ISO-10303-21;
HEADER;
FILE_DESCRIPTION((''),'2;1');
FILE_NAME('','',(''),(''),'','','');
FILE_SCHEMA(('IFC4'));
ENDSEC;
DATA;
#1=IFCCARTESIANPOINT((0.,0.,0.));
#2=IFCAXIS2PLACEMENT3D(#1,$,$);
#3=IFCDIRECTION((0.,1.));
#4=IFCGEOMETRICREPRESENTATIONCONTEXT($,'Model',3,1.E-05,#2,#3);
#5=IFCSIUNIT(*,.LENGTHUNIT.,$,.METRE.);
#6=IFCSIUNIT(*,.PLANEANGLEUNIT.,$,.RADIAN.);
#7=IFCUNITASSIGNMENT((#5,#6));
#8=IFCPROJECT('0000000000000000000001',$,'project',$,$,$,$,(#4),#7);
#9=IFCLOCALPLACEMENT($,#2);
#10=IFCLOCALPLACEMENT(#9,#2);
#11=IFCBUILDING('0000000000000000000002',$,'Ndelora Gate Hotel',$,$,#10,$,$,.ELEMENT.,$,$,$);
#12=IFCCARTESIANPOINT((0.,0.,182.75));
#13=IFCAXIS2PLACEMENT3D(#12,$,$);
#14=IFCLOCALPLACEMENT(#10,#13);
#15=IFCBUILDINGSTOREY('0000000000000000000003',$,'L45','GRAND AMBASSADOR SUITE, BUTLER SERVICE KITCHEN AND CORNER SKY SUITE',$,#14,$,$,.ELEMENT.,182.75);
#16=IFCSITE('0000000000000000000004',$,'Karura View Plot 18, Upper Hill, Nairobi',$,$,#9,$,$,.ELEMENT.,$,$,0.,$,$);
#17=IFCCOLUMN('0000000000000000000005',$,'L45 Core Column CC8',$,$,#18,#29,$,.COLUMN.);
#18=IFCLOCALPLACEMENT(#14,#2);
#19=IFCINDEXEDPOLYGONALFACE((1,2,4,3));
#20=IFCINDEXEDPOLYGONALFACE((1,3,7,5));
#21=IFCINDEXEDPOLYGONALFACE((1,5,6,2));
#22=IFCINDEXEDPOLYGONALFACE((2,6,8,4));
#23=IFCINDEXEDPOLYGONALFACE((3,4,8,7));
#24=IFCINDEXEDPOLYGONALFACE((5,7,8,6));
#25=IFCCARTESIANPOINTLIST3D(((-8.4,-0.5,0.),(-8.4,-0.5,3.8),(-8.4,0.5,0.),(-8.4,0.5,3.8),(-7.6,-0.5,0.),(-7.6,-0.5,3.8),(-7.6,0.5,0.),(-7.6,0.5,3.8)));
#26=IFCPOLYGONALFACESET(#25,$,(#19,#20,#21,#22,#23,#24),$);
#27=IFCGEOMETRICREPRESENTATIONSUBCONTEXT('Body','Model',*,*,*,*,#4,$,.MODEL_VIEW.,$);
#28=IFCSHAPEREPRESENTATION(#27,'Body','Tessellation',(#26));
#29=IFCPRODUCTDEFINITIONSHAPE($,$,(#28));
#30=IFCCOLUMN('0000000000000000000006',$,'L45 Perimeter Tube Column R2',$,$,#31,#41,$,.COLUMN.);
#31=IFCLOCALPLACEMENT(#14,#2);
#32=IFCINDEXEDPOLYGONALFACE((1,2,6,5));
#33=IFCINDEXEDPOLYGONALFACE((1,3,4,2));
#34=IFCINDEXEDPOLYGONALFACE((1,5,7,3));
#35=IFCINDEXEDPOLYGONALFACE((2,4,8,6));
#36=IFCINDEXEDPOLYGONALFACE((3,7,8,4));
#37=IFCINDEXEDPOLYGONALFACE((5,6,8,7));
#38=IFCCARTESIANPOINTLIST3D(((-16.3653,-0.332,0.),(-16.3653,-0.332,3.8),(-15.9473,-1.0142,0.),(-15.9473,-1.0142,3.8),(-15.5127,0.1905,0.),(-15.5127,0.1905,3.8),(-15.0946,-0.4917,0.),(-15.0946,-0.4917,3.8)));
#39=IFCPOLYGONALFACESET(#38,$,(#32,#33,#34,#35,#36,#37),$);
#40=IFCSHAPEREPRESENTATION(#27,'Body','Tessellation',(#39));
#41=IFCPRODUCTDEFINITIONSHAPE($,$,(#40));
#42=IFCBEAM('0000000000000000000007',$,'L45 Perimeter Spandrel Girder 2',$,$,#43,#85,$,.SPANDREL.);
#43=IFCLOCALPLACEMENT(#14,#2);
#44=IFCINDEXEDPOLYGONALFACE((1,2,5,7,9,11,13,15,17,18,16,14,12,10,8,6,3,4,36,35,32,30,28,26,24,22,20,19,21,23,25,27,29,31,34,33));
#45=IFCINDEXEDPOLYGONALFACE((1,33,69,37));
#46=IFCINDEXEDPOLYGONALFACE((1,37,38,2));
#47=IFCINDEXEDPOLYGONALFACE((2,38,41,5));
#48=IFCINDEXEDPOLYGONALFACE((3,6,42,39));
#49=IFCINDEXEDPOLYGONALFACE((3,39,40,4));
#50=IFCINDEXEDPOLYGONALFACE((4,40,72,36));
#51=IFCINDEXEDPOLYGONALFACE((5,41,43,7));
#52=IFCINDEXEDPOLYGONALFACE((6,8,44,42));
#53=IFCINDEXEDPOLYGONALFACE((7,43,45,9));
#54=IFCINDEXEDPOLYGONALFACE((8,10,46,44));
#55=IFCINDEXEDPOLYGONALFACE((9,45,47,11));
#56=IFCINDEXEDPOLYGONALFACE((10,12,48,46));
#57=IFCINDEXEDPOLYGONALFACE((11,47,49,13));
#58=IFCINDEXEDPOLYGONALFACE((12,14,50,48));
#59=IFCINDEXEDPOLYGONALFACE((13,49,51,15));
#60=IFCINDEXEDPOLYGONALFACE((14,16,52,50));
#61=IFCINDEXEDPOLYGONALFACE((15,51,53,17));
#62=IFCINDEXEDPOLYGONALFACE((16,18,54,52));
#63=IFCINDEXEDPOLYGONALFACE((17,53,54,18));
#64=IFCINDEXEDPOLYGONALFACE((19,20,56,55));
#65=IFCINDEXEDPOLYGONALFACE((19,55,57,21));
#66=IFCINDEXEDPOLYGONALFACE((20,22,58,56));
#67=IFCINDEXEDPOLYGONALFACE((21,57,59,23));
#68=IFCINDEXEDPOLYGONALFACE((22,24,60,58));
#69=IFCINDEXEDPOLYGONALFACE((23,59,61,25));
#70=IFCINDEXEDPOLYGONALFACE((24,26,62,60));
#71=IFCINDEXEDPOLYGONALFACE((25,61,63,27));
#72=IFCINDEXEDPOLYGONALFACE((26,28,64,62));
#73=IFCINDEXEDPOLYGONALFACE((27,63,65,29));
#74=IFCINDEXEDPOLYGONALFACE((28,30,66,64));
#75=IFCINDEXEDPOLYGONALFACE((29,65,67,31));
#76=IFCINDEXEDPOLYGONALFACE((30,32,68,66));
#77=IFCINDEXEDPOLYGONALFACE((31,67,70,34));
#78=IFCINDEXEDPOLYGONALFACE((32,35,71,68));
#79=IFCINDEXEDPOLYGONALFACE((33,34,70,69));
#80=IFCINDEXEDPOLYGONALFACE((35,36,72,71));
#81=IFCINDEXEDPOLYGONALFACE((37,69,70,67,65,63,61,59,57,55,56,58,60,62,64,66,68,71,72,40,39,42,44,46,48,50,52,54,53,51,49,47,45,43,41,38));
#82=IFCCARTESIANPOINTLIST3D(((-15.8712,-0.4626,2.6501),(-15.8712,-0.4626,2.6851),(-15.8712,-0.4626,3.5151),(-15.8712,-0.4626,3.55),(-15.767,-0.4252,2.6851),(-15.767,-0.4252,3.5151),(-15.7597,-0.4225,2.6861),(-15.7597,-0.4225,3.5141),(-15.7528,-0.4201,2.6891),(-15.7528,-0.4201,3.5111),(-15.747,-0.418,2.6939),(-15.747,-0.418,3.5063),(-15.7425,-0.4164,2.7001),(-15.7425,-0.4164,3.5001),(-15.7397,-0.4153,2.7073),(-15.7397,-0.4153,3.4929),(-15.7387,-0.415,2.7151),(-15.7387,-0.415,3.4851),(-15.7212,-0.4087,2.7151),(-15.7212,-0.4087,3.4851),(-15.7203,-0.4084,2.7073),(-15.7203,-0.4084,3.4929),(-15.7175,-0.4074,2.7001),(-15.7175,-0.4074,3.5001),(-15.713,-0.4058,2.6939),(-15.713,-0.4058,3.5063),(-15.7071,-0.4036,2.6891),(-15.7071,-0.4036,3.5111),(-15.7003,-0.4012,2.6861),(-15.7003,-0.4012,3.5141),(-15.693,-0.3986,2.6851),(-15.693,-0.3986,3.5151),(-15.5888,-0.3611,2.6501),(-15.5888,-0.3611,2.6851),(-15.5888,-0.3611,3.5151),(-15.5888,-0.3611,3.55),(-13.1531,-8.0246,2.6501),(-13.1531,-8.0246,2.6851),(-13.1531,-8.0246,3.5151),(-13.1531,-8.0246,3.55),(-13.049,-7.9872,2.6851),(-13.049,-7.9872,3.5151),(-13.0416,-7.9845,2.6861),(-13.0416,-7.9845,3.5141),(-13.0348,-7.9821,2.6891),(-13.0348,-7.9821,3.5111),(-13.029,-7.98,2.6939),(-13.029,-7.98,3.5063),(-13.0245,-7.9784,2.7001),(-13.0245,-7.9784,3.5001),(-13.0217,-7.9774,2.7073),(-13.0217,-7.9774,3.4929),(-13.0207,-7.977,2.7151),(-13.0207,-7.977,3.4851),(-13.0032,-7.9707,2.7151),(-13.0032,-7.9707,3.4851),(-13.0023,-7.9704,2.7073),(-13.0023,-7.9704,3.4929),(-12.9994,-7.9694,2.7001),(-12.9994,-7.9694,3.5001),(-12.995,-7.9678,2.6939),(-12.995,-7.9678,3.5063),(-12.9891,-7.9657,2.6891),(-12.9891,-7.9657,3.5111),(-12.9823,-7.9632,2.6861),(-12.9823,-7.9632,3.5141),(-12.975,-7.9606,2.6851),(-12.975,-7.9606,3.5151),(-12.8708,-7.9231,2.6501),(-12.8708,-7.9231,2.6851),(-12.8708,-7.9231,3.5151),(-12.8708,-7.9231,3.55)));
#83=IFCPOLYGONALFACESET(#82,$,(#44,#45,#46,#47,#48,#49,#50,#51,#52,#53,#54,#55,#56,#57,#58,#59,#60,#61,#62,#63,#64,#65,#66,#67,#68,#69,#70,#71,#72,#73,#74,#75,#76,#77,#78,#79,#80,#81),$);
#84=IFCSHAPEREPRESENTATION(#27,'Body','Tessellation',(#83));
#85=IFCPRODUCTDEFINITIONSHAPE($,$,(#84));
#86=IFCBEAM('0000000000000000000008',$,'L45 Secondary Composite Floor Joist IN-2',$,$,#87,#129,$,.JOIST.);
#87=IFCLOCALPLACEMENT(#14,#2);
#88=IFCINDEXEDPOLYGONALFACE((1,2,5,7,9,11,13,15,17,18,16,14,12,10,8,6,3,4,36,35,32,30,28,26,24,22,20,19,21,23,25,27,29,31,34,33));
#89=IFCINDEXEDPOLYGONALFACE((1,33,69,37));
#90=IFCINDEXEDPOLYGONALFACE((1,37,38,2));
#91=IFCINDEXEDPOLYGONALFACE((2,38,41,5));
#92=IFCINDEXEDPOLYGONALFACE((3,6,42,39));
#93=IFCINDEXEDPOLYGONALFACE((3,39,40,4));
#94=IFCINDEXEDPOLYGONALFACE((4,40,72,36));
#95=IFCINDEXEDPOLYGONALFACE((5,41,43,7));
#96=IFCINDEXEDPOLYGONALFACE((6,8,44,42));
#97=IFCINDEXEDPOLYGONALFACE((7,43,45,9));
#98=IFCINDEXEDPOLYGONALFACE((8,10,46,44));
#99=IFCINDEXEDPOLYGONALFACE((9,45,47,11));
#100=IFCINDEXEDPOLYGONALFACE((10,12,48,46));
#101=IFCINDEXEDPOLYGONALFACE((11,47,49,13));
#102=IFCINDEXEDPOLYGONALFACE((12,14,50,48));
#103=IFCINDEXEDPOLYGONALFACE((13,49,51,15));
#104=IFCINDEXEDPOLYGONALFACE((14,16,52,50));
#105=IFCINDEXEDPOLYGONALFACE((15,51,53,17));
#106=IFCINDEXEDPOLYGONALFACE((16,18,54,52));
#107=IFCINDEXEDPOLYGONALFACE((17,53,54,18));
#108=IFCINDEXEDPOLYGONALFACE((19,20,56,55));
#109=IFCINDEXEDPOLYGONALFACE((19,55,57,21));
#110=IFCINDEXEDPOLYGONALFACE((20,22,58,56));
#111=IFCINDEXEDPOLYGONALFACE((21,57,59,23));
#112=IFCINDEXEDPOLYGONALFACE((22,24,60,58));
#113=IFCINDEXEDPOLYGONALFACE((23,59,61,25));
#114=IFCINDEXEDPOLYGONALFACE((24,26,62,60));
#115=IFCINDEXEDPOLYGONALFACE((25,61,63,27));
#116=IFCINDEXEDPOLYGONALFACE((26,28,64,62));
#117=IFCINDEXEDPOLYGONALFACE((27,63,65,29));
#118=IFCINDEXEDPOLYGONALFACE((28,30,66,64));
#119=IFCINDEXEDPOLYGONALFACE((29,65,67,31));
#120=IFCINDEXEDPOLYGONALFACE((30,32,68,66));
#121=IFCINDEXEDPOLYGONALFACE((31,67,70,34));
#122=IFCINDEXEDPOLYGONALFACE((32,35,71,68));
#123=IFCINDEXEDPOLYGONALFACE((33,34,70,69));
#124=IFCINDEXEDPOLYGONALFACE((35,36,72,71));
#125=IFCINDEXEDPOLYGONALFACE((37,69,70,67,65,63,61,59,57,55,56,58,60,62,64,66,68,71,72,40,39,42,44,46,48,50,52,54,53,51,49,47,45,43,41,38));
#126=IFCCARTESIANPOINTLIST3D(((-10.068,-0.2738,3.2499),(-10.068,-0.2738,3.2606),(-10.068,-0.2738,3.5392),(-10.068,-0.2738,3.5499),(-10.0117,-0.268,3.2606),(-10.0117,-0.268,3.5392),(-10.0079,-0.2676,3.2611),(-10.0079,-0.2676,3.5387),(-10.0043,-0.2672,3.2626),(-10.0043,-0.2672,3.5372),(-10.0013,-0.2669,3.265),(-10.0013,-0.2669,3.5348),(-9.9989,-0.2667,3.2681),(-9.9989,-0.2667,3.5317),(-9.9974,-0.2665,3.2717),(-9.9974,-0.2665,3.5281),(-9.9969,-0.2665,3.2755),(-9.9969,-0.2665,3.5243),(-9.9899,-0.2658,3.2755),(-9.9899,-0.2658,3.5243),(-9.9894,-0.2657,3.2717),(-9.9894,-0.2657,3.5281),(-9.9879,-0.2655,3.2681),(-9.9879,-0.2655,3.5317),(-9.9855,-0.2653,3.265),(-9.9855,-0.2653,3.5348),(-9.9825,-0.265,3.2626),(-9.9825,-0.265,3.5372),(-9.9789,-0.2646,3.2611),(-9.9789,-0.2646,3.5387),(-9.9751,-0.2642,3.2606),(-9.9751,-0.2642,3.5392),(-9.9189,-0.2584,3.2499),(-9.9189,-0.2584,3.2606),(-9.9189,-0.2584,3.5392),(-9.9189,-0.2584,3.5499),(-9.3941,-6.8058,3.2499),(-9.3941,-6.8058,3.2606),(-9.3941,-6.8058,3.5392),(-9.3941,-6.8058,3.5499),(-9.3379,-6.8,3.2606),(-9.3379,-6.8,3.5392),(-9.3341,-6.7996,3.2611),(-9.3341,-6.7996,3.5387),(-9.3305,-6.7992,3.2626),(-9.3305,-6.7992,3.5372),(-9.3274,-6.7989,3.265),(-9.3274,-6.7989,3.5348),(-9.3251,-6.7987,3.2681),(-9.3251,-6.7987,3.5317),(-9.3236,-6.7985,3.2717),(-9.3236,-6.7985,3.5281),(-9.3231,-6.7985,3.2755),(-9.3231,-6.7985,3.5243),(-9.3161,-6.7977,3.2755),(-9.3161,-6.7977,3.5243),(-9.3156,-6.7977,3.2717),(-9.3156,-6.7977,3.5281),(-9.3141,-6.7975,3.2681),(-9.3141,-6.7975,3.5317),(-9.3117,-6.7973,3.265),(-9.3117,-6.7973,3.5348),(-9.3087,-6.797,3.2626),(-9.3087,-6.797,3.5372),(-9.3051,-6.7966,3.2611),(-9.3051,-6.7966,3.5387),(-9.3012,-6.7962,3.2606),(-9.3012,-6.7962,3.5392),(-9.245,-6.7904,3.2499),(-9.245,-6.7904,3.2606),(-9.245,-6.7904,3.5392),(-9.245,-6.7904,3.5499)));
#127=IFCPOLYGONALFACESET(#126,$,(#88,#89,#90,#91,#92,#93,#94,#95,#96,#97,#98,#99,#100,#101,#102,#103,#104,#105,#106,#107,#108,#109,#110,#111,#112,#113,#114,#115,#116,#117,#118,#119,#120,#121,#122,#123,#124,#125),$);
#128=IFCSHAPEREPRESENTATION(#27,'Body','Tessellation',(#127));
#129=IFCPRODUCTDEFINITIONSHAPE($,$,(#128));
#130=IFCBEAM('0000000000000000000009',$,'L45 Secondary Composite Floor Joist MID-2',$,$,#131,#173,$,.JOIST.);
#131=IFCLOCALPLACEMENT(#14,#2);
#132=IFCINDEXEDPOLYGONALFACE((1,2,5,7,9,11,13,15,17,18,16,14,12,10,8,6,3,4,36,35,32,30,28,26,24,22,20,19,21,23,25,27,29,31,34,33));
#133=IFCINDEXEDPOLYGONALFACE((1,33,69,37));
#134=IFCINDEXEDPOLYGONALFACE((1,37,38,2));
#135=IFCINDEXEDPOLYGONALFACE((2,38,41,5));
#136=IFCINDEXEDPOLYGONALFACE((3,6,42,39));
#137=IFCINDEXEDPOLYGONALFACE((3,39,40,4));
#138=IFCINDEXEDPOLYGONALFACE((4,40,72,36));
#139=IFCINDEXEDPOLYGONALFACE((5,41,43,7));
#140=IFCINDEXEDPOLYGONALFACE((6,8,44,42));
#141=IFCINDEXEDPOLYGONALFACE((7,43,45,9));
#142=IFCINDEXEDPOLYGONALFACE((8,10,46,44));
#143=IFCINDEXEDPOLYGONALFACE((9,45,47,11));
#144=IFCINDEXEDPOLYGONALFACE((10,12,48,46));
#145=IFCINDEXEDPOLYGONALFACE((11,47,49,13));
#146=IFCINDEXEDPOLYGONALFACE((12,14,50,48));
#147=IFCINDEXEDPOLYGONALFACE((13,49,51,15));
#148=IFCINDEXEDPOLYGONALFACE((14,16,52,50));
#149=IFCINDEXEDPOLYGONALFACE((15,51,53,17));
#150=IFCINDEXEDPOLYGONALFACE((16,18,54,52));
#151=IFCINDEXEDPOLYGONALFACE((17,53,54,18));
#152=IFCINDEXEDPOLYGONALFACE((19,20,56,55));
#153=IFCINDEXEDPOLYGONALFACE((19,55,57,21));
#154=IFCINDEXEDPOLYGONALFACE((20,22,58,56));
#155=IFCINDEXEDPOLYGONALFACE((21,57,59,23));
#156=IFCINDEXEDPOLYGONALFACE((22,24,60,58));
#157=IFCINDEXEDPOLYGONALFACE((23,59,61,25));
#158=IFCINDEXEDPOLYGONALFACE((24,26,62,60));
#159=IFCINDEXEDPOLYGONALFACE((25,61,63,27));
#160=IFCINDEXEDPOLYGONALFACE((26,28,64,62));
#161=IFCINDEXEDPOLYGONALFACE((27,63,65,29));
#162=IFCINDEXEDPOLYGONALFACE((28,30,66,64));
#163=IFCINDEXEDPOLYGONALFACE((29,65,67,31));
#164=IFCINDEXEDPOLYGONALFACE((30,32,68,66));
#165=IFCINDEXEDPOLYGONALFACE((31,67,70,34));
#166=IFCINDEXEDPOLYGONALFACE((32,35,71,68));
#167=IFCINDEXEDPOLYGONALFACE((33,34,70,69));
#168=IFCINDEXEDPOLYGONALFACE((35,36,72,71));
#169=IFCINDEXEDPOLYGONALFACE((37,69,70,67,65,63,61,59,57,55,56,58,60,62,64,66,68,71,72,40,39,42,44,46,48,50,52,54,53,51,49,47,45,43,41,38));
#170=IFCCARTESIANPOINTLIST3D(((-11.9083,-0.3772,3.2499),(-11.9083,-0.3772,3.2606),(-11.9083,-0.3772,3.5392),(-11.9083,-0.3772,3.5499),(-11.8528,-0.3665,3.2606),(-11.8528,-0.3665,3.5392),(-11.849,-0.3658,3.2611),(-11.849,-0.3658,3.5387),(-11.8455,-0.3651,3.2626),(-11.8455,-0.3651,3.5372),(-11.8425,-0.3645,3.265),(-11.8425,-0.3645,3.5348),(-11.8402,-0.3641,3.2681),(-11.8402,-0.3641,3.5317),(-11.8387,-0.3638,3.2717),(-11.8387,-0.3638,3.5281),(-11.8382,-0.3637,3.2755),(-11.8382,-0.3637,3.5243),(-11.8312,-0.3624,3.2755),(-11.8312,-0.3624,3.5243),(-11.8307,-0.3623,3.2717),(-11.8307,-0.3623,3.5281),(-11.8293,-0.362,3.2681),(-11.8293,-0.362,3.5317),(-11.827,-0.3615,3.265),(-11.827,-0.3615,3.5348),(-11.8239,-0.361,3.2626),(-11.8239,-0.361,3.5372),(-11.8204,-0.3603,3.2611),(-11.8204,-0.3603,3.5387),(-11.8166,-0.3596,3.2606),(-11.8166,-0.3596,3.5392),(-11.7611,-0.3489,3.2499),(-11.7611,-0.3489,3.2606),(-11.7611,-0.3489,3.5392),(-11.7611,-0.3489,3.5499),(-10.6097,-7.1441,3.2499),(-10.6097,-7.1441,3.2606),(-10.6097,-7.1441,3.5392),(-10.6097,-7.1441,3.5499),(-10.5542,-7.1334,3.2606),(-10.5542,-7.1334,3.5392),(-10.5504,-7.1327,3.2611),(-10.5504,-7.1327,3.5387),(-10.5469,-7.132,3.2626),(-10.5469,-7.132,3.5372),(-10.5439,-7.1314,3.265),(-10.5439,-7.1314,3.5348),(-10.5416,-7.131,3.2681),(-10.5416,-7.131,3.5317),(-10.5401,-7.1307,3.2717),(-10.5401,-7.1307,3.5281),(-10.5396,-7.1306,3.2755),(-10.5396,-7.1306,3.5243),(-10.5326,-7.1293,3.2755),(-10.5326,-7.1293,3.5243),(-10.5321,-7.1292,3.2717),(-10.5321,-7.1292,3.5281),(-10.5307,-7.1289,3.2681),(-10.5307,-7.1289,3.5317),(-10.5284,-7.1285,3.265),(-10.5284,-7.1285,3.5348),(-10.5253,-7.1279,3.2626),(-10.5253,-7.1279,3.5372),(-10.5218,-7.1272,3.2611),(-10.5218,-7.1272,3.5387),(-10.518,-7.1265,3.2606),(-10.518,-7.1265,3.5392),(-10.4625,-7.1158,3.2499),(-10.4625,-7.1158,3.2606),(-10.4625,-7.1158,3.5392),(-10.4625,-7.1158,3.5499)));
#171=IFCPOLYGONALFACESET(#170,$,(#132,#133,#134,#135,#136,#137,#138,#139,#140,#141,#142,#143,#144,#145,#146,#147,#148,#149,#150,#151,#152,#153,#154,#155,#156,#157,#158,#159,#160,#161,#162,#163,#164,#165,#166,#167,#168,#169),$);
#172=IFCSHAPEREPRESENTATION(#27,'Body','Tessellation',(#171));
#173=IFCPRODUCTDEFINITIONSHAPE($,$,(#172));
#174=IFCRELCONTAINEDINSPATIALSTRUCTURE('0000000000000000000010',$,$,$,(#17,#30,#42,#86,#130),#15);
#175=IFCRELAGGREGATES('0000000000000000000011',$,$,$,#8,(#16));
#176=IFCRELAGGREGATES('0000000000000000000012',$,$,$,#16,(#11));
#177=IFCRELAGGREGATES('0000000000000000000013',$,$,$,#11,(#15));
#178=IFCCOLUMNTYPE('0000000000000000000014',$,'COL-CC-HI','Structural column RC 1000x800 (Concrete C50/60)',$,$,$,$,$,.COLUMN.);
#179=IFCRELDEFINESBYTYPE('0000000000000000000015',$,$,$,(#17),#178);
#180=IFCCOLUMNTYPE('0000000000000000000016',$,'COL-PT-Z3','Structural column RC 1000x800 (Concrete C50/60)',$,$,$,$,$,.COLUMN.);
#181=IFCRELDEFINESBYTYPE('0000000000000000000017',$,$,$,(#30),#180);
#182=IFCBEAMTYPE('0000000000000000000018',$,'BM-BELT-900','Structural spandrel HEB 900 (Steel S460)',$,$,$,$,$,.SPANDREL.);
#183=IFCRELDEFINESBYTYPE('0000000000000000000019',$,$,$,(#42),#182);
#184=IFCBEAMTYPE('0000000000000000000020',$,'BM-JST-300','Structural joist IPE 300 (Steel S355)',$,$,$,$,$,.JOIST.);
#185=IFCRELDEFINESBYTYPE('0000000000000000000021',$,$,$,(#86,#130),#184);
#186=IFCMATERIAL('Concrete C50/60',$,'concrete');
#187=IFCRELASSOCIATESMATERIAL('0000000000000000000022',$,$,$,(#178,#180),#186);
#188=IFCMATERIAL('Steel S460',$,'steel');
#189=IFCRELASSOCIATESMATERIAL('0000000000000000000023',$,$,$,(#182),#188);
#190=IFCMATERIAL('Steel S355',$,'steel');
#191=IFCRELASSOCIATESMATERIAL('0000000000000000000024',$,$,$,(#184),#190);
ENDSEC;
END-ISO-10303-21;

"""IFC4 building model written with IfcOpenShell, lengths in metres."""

from ifc_helpers import new_model, si_unit, direction, frame, origin, origin_2d, place, context, subcontext, project, spatial, rectangle, i_section, extrude, material, material_profile, profile_set, type_object, element, save


model = new_model("IFC4")

# Units and contexts
model_context = context("Model", 3, precision=1e-05, world=origin(), true_north=direction((0.0, 1.0)))
body_context = subcontext(model_context, "Body", "Model", "MODEL_VIEW")
ifc_project = project(units=[si_unit("LENGTHUNIT", "METRE"), si_unit("PLANEANGLEUNIT", "RADIAN")], contexts=[model_context])

# Site, building, storey
site_placement = place(None, origin())
site = spatial("IfcSite", under=ifc_project, at=site_placement, Name="Karura View Plot 18, Upper Hill, Nairobi", CompositionType="ELEMENT", RefElevation=0.0)
building_placement = place(site_placement, origin())
building = spatial("IfcBuilding", under=site, at=building_placement, Name="Ndelora Gate Hotel", CompositionType="ELEMENT")
storey_placement = place(building_placement, frame((0.0, 0.0, 182.75)))
storey = spatial("IfcBuildingStorey", under=building, at=storey_placement, Name="L45", Description="GRAND AMBASSADOR SUITE, BUTLER SERVICE KITCHEN AND CORNER SKY SUITE", CompositionType="ELEMENT", Elevation=182.75)

# Columns
ifc_material_1 = material(Name="Concrete C50/60", Category="concrete")
ifc_material_profile_1 = material_profile(ifc_material_1, rectangle(XDim=0.8, YDim=1.0, at=origin_2d()), Name="RC 1000x800")
ifc_profile_set_1 = profile_set([ifc_material_profile_1], Name="Concrete C50/60")
column_type_1 = type_object("IfcColumnType", Name="COL-CC-HI", Description="Structural column RC 1000x800 (Concrete C50/60)", PredefinedType="COLUMN", material=ifc_profile_set_1)
column_1_placement = place(storey_placement, frame((-8.0, 0.0, 0.0), z_axis=(0.0, 0.0, 1.0), x_axis=(1.0, 0.0, 0.0)))
element("IfcColumn", 1, at=column_1_placement, inside=storey, type_object=column_type_1, Name="L45 Core Column CC8", PredefinedType="COLUMN", context=body_context, shape_type="SweptSolid", body=[
    extrude(rectangle(XDim=0.8, YDim=1.0, at=origin_2d()), origin(), (0.0, 0.0, 1.0), 3.8),
])
ifc_material_profile_2 = material_profile(ifc_material_1, rectangle(XDim=0.8, YDim=1.0, at=origin_2d()), Name="RC 1000x800")
ifc_profile_set_2 = profile_set([ifc_material_profile_2], Name="Concrete C50/60")
column_type_2 = type_object("IfcColumnType", Name="COL-PT-Z3", Description="Structural column RC 1000x800 (Concrete C50/60)", PredefinedType="COLUMN", material=ifc_profile_set_2)
column_2_placement = place(storey_placement, frame((-15.73, -0.4119, 0.0), z_axis=(0.0, 0.0, 1.0), x_axis=(-0.522499, 0.85264, 0.0)))
element("IfcColumn", 2, at=column_2_placement, inside=storey, type_object=column_type_2, Name="L45 Perimeter Tube Column R2", PredefinedType="COLUMN", context=body_context, shape_type="SweptSolid", body=[
    extrude(rectangle(XDim=0.8, YDim=1.0, at=origin_2d()), origin(), (0.0, 0.0, 1.0), 3.8),
])

# Beams
ifc_material_2 = material(Name="Steel S460", Category="steel")
ifc_material_profile_3 = material_profile(ifc_material_2, i_section(OverallWidth=0.3, OverallDepth=0.8999, WebThickness=0.0186, FlangeThickness=0.0349, FilletRadius=0.03, at=origin_2d()), Name="HEB 900")
ifc_profile_set_3 = profile_set([ifc_material_profile_3], Name="Steel S460")
beam_type_1 = type_object("IfcBeamType", Name="BM-BELT-900", Description="Structural spandrel HEB 900 (Steel S460)", PredefinedType="SPANDREL", material=ifc_profile_set_3)
beam_1_placement = place(storey_placement, frame((-15.73, -0.4119, 3.1001), z_axis=(0.338245, -0.941058, 0.0), x_axis=(0.941058, 0.338245, 0.0)))
element("IfcBeam", 3, at=beam_1_placement, inside=storey, type_object=beam_type_1, Name="L45 Perimeter Spandrel Girder 2", PredefinedType="SPANDREL", context=body_context, shape_type="SweptSolid", body=[
    extrude(i_section(OverallWidth=0.3, OverallDepth=0.8999, WebThickness=0.0186, FlangeThickness=0.0349, FilletRadius=0.03, at=origin_2d()), origin(), (0.0, 0.0, 1.0), 8.0356),
])
ifc_material_3 = material(Name="Steel S355", Category="steel")
ifc_material_profile_4 = material_profile(ifc_material_3, i_section(OverallWidth=0.1499, OverallDepth=0.3, WebThickness=0.0071, FlangeThickness=0.0107, FilletRadius=0.0149, at=origin_2d()), Name="IPE 300")
ifc_profile_set_4 = profile_set([ifc_material_profile_4], Name="Steel S355")
beam_type_2 = type_object("IfcBeamType", Name="BM-JST-300", Description="Structural joist IPE 300 (Steel S355)", PredefinedType="JOIST", material=ifc_profile_set_4)
beam_2_placement = place(storey_placement, frame((-9.9934, -0.2661, 3.3999), z_axis=(0.102614, -0.994721, 0.0), x_axis=(0.994721, 0.102614, 0.0)))
element("IfcBeam", 4, at=beam_2_placement, inside=storey, type_object=beam_type_2, Name="L45 Secondary Composite Floor Joist IN-2", PredefinedType="JOIST", context=body_context, shape_type="SweptSolid", body=[
    extrude(i_section(OverallWidth=0.1499, OverallDepth=0.3, WebThickness=0.0071, FlangeThickness=0.0107, FilletRadius=0.0149, at=origin_2d()), origin(), (0.0, 0.0, 1.0), 6.5667),
])
beam_3_placement = place(storey_placement, frame((-11.8347, -0.363, 3.3999), z_axis=(0.188465, -0.98208, 0.0), x_axis=(0.98208, 0.188465, 0.0)))
element("IfcBeam", 5, at=beam_3_placement, inside=storey, type_object=beam_type_2, Name="L45 Secondary Composite Floor Joist MID-2", PredefinedType="JOIST", context=body_context, shape_type="SweptSolid", body=[
    extrude(i_section(OverallWidth=0.1499, OverallDepth=0.3, WebThickness=0.0071, FlangeThickness=0.0107, FilletRadius=0.0149, at=origin_2d()), origin(), (0.0, 0.0, 1.0), 6.8904),
])

save(model, "model.ifc")
